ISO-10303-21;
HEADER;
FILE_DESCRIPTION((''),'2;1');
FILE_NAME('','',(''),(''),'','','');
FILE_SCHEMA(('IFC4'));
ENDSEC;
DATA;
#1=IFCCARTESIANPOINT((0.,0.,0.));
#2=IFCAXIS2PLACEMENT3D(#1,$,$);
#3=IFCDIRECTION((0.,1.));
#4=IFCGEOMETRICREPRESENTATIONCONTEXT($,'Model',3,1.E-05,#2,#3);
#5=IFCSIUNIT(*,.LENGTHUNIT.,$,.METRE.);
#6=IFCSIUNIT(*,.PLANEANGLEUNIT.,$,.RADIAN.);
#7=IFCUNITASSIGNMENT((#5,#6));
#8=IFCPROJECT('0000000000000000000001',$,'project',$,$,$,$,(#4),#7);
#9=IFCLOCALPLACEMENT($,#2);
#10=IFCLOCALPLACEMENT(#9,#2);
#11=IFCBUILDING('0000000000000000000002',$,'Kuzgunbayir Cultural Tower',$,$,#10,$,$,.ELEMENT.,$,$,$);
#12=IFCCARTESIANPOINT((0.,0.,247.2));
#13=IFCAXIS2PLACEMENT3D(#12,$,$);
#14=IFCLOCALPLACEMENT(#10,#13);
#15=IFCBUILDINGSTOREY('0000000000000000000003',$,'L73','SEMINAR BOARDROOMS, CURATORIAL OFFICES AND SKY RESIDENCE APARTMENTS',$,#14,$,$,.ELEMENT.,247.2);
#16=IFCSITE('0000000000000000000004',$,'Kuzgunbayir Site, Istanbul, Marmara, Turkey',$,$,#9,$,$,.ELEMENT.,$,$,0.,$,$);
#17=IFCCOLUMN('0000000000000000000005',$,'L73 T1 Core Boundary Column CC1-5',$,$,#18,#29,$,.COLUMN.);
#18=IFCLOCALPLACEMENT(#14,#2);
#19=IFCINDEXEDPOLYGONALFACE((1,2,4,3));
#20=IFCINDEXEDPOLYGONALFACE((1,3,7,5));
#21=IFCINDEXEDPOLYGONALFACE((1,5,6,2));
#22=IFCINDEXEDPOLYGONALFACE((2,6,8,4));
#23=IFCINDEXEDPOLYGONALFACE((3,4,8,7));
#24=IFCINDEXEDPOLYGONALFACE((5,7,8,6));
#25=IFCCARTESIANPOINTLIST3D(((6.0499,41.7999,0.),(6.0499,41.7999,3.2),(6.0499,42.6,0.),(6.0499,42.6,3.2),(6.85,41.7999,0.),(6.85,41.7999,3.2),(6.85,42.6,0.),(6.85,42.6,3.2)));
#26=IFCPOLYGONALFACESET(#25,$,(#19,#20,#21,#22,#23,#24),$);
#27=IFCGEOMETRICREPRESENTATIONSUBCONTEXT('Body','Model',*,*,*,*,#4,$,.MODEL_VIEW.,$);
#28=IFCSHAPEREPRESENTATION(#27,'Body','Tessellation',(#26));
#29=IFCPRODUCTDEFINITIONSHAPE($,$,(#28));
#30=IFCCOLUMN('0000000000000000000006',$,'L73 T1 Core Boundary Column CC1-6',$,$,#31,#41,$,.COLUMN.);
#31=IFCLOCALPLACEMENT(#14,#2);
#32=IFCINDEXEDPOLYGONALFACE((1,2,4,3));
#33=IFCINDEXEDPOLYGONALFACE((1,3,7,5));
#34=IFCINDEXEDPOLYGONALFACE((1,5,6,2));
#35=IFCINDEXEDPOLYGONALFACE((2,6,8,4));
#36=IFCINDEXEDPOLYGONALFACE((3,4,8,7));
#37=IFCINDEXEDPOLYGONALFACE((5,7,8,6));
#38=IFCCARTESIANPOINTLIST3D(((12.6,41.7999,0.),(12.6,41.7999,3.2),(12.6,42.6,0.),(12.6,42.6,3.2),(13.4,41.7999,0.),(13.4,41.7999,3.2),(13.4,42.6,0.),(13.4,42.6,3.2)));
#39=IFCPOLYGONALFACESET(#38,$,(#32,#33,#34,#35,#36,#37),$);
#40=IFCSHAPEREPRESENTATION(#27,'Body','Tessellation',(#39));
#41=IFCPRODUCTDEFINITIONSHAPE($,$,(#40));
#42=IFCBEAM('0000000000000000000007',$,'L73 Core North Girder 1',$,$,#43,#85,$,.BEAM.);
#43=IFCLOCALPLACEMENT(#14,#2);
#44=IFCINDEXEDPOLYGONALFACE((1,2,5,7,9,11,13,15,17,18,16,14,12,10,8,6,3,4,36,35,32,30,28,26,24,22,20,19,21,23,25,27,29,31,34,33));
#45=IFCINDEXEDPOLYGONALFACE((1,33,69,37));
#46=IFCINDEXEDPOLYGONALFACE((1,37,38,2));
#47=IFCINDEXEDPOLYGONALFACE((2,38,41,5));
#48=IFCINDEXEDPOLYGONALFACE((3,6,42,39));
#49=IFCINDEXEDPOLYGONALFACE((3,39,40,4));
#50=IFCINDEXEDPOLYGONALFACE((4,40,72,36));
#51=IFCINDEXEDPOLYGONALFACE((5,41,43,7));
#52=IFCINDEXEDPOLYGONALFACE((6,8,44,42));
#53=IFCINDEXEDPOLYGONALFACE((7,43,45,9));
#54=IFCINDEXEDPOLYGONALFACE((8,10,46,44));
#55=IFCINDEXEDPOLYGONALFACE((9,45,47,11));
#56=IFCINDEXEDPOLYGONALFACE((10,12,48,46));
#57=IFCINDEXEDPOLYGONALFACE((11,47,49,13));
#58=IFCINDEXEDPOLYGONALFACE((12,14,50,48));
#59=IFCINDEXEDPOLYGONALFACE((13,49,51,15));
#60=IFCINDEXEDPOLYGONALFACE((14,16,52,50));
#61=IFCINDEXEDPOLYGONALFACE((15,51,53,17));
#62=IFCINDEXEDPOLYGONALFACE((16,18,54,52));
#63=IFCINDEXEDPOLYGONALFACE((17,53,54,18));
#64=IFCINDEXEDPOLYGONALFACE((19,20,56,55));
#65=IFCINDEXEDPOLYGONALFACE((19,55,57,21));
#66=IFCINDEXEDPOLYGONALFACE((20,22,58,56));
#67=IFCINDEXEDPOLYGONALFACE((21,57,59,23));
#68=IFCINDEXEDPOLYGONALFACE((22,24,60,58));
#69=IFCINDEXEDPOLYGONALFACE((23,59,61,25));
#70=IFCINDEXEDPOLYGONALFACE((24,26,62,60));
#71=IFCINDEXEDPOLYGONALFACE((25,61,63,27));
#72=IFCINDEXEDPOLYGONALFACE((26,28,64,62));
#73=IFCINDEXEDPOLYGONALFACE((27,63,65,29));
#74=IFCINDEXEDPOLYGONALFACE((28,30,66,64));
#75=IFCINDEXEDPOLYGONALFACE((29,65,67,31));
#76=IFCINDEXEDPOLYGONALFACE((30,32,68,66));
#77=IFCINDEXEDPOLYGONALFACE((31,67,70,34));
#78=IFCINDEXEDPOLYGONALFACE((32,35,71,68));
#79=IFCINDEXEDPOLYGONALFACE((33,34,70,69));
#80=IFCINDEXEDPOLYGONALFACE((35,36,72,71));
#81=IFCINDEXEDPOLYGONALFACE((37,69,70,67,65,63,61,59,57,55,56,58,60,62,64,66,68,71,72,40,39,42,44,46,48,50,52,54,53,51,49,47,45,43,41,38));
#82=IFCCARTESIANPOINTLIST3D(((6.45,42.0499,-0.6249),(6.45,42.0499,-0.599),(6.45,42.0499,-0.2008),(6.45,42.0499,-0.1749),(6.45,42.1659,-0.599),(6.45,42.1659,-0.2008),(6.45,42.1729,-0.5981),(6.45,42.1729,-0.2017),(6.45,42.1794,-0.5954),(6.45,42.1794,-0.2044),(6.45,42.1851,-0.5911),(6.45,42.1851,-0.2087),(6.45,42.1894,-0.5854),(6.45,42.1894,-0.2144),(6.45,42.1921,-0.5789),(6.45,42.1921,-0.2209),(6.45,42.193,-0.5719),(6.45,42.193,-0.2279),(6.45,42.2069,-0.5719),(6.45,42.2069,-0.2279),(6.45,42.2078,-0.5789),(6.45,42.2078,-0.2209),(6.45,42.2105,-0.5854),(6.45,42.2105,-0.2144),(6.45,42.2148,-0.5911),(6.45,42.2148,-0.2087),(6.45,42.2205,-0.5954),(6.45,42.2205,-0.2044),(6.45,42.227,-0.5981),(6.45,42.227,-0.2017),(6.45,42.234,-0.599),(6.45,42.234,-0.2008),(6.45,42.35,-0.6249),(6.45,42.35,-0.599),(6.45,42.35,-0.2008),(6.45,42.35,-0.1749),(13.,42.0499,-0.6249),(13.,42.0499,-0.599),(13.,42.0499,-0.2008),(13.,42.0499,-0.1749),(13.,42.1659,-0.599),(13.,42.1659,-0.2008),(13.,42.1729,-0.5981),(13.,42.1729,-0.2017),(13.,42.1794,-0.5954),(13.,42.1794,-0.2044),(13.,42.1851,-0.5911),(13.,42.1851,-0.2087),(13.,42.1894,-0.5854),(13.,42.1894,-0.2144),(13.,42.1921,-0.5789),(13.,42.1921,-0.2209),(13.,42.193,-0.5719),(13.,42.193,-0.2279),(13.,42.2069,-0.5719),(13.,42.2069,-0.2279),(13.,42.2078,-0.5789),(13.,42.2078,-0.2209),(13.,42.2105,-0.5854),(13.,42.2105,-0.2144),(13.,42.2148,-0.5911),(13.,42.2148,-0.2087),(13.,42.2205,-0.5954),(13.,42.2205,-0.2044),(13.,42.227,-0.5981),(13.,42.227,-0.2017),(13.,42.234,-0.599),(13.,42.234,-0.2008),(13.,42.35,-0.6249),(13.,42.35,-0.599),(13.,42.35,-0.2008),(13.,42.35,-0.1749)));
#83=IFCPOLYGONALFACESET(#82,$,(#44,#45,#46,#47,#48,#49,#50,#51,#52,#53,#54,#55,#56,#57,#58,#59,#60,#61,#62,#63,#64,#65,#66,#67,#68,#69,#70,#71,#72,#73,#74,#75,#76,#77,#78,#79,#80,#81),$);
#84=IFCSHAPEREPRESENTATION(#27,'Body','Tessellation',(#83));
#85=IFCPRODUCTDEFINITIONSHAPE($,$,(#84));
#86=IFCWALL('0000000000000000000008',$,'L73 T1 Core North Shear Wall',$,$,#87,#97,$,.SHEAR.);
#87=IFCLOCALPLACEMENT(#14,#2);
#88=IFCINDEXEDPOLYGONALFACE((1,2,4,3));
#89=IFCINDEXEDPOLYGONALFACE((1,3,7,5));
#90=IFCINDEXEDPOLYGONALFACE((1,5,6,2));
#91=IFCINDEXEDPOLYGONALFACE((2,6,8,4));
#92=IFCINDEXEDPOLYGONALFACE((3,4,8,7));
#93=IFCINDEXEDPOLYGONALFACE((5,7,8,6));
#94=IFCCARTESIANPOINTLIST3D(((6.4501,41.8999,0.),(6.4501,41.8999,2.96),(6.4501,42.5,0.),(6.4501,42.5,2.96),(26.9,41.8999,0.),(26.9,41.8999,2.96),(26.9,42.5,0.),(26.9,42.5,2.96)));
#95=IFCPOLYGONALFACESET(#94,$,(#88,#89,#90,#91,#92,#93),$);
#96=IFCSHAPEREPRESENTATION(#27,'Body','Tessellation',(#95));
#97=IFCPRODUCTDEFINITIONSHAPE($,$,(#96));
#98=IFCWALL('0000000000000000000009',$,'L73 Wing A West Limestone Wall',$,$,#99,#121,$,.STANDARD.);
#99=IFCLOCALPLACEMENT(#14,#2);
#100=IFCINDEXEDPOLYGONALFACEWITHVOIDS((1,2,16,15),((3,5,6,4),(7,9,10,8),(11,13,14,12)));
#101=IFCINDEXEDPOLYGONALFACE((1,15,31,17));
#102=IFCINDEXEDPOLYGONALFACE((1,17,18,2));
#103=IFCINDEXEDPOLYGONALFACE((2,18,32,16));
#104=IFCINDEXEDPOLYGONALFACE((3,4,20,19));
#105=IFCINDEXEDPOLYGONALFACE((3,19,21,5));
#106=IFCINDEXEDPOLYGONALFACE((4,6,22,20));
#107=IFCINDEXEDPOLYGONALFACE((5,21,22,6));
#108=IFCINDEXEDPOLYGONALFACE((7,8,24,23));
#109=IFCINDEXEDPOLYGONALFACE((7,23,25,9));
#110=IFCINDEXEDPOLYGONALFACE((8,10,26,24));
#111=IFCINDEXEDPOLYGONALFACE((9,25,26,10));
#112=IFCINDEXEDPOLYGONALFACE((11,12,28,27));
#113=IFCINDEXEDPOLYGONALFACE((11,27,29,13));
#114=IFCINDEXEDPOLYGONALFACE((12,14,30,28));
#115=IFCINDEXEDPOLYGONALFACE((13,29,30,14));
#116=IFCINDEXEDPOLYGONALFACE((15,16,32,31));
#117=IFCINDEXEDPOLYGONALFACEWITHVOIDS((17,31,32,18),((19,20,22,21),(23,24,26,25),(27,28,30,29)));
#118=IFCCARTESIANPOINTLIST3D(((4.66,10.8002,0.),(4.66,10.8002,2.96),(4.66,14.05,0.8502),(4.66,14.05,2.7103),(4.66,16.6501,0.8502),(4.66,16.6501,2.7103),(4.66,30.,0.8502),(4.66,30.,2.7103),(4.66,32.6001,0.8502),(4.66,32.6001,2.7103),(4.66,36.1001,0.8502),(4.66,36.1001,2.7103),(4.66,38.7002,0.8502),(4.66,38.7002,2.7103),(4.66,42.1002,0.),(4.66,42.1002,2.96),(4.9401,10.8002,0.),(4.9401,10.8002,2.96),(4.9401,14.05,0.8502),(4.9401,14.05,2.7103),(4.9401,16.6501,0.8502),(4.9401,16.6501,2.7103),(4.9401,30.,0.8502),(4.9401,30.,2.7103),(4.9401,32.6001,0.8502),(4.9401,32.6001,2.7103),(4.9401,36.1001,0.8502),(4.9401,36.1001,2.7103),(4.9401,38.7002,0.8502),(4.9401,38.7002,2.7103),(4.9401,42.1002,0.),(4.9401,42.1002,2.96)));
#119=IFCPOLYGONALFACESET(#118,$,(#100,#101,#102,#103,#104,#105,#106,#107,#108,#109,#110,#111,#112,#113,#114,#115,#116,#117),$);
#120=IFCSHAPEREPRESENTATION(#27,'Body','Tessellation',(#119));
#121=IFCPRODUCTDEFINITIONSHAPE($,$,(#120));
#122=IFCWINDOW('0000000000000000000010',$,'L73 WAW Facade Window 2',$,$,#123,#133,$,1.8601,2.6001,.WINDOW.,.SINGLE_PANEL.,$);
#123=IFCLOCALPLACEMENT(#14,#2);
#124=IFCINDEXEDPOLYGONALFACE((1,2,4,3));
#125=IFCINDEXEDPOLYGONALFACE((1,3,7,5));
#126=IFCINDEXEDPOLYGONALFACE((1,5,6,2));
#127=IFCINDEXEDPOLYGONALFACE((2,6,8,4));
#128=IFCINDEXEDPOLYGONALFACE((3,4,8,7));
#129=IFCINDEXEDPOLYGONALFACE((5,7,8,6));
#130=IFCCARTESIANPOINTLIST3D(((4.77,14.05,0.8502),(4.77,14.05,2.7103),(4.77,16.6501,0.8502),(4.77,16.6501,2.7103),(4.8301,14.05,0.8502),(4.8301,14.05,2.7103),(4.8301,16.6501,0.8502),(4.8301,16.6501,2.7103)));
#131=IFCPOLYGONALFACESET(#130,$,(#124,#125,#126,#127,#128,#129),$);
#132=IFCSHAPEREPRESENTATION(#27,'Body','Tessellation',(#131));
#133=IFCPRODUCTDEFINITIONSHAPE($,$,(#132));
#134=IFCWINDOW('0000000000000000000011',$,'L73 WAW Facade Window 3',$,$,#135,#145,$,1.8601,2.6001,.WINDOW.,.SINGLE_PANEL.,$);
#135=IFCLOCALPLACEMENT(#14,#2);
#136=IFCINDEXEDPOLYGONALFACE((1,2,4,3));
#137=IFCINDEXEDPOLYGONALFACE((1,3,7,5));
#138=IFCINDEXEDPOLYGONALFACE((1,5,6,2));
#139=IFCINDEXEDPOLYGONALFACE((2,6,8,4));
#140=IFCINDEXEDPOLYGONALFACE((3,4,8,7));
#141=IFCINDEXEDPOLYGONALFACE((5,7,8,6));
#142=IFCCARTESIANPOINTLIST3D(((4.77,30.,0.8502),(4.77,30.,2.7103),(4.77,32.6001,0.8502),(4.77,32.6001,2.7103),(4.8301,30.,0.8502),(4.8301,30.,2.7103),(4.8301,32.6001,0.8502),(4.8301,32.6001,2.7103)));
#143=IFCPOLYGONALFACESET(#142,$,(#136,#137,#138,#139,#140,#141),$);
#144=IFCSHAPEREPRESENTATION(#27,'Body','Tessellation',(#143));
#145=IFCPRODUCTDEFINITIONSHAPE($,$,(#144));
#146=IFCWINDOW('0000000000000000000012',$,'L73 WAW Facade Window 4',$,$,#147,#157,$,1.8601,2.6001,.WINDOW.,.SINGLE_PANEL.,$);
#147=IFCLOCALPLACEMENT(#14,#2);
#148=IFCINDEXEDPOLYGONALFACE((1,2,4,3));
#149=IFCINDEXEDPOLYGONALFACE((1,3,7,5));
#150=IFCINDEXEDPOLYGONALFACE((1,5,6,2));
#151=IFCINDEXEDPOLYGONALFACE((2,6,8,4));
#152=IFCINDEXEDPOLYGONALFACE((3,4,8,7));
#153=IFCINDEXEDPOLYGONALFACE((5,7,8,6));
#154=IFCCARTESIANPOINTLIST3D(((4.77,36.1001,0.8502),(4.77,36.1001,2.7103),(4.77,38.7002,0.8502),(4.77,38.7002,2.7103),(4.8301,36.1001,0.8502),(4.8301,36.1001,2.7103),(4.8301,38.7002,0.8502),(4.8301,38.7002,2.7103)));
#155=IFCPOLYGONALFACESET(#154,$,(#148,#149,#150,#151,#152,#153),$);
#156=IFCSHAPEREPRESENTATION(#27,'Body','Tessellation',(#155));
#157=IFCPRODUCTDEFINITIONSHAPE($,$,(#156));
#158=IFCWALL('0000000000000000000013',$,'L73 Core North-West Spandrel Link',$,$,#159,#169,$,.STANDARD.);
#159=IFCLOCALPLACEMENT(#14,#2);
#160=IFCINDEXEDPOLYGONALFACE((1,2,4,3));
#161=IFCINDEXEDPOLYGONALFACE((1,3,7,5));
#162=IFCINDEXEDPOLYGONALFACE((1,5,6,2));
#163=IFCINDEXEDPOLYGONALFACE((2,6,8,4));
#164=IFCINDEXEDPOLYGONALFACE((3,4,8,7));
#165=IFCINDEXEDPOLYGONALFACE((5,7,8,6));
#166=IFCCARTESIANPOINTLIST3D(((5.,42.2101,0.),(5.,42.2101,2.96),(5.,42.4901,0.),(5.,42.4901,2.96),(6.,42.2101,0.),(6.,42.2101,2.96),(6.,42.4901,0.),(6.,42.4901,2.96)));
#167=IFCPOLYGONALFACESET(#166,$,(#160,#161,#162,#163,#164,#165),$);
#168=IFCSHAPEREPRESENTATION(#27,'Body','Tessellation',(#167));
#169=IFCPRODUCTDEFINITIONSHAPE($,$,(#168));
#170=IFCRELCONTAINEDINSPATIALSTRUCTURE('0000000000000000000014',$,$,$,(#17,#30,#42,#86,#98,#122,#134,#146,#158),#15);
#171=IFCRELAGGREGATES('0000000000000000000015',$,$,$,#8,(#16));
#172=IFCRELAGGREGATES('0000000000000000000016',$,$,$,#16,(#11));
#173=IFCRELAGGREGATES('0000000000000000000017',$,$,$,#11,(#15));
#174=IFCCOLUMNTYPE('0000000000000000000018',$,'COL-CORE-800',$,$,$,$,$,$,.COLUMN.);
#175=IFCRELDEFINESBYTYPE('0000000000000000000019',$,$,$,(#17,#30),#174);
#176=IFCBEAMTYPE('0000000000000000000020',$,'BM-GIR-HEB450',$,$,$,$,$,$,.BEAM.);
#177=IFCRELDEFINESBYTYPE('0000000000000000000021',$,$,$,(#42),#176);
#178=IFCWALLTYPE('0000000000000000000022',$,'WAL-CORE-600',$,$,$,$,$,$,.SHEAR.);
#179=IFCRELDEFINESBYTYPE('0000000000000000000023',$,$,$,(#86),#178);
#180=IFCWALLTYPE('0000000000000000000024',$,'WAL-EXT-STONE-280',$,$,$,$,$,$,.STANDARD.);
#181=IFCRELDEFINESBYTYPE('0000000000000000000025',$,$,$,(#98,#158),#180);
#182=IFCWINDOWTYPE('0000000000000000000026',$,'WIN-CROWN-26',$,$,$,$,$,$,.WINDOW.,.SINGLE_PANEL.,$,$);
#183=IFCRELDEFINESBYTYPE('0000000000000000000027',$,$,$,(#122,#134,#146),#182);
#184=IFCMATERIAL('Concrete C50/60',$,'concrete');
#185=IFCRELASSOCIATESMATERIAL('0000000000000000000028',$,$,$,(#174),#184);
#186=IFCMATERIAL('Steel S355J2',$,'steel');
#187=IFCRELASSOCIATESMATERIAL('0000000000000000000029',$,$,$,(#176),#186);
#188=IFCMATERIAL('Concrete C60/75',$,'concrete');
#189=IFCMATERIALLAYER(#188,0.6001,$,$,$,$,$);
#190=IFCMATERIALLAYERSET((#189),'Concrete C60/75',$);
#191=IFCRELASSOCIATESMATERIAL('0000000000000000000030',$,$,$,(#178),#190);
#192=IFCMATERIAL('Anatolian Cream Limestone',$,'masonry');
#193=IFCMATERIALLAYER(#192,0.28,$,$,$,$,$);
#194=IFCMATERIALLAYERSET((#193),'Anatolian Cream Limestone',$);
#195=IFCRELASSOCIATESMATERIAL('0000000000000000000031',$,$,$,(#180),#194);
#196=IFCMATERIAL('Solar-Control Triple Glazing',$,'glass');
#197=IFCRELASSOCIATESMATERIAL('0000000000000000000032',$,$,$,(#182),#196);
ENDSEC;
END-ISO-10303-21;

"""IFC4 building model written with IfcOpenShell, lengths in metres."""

from ifc_helpers import new_model, si_unit, direction, frame, frame_2d, origin, origin_2d, place, context, subcontext, project, spatial, rectangle, i_section, extrude, material, layer, layer_set, material_profile, profile_set, type_object, element, fill, save


model = new_model("IFC4")

# Units and contexts
model_context = context("Model", 3, precision=1e-05, world=origin(), true_north=direction((0.0, 1.0)))
body_context = subcontext(model_context, "Body", "Model", "MODEL_VIEW")
ifc_project = project(units=[si_unit("LENGTHUNIT", "METRE"), si_unit("PLANEANGLEUNIT", "RADIAN")], contexts=[model_context])

# Site, building, storey
site_placement = place(None, origin())
site = spatial("IfcSite", under=ifc_project, at=site_placement, Name="Kuzgunbayir Site, Istanbul, Marmara, Turkey", CompositionType="ELEMENT", RefElevation=0.0)
building_placement = place(site_placement, origin())
building = spatial("IfcBuilding", under=site, at=building_placement, Name="Kuzgunbayir Cultural Tower", CompositionType="ELEMENT")
storey_placement = place(building_placement, frame((0.0, 0.0, 247.2)))
storey = spatial("IfcBuildingStorey", under=building, at=storey_placement, Name="L73", Description="SEMINAR BOARDROOMS, CURATORIAL OFFICES AND SKY RESIDENCE APARTMENTS", CompositionType="ELEMENT", Elevation=247.2)

# Columns
ifc_material_1 = material(Name="Concrete C50/60", Category="concrete")
ifc_material_profile_1 = material_profile(ifc_material_1, rectangle(XDim=0.8, YDim=0.8, at=origin_2d()), Name="RC 800x800")
ifc_profile_set_1 = profile_set([ifc_material_profile_1], Name="Concrete C50/60")
column_type = type_object("IfcColumnType", Name="COL-CORE-800", PredefinedType="COLUMN", material=ifc_profile_set_1)
for number, where, z_axis, x_axis, name in (
    (1, (6.45, 42.2, 0.0), (0.0, 0.0, 1.0), (1.0, 0.0, 0.0), "L73 T1 Core Boundary Column CC1-5"),
    (2, (13.0, 42.2, 0.0), (0.0, 0.0, 1.0), (1.0, 0.0, 0.0), "L73 T1 Core Boundary Column CC1-6"),
):
    element("IfcColumn", number, at=place(storey_placement, frame(where, z_axis=z_axis, x_axis=x_axis)), inside=storey, type_object=column_type, Name=name, PredefinedType="COLUMN", context=body_context, shape_type="SweptSolid", body=[
        extrude(rectangle(XDim=0.8, YDim=0.8, at=origin_2d()), origin(), (0.0, 0.0, 1.0), 3.2),
    ])

# Beam
ifc_material_2 = material(Name="Steel S355J2", Category="steel")
ifc_material_profile_2 = material_profile(ifc_material_2, i_section(OverallWidth=0.3, OverallDepth=0.45, WebThickness=0.0139, FlangeThickness=0.0259, FilletRadius=0.0271, at=origin_2d()), Name="HEB 450")
ifc_profile_set_2 = profile_set([ifc_material_profile_2], Name="Steel S355J2")
beam_type = type_object("IfcBeamType", Name="BM-GIR-HEB450", PredefinedType="BEAM", material=ifc_profile_set_2)
beam_placement = place(storey_placement, frame((6.45, 42.2, -0.3999), z_axis=(1.0, 0.0, 0.0), x_axis=(0.0, 1.0, 0.0)))
element("IfcBeam", 3, at=beam_placement, inside=storey, type_object=beam_type, Name="L73 Core North Girder 1", PredefinedType="BEAM", context=body_context, shape_type="SweptSolid", body=[
    extrude(i_section(OverallWidth=0.3, OverallDepth=0.45, WebThickness=0.0139, FlangeThickness=0.0259, FilletRadius=0.0271, at=origin_2d()), origin(), (0.0, 0.0, 1.0), 6.55),
])

# Wall
ifc_material_3 = material(Name="Concrete C60/75", Category="concrete")
ifc_layer_1 = layer(ifc_material_3, 0.6001)
ifc_layer_set_1 = layer_set([ifc_layer_1], Name="Concrete C60/75")
wall_type_1 = type_object("IfcWallType", Name="WAL-CORE-600", PredefinedType="SHEAR", material=ifc_layer_set_1)
wall_1_placement = place(storey_placement, frame((6.45, 42.2, 0.0), z_axis=(0.0, 0.0, 1.0), x_axis=(1.0, 0.0, 0.0)))
element("IfcWall", 4, at=wall_1_placement, inside=storey, type_object=wall_type_1, Name="L73 T1 Core North Shear Wall", PredefinedType="SHEAR", context=body_context, shape_type="SweptSolid", body=[
    extrude(rectangle(XDim=20.45, YDim=0.6001, at=frame_2d((10.2251, 0.0))), origin(), (0.0, 0.0, 1.0), 2.96),
])

# Wall, openings, windows
ifc_material_4 = material(Name="Anatolian Cream Limestone", Category="masonry")
ifc_layer_2 = layer(ifc_material_4, 0.28)
ifc_layer_set_2 = layer_set([ifc_layer_2], Name="Anatolian Cream Limestone")
wall_type_2 = type_object("IfcWallType", Name="WAL-EXT-STONE-280", PredefinedType="STANDARD", material=ifc_layer_set_2)
wall_2_placement = place(storey_placement, frame((4.8, 42.1001, 0.0), z_axis=(0.0, 0.0, 1.0), x_axis=(0.0, -1.0, 0.0)))
wall_2 = element("IfcWall", 5, at=wall_2_placement, inside=storey, type_object=wall_type_2, Name="L73 Wing A West Limestone Wall", PredefinedType="STANDARD", context=body_context, shape_type="SweptSolid", body=[
    extrude(rectangle(XDim=31.3, YDim=0.28, at=frame_2d((15.6499, 0.0))), origin(), (0.0, 0.0, 1.0), 2.96),
])
opening_1_placement = place(wall_2_placement, frame((25.45, 0.0, 0.8501)))
opening_1 = element("IfcOpeningElement", 6, at=opening_1_placement, cuts=wall_2, PredefinedType="OPENING", context=body_context, shape_type="SweptSolid", body=[
    extrude(rectangle(XDim=2.6001, YDim=1.8601, at=frame_2d((1.3, 0.9302))), frame((0.0, 0.1499, 0.0), z_axis=(0.0, -1.0, 0.0), x_axis=(1.0, 0.0, 0.0)), (0.0, 0.0, 1.0), 0.3),
])
opening_2_placement = place(wall_2_placement, frame((9.5, 0.0, 0.8501)))
opening_2 = element("IfcOpeningElement", 7, at=opening_2_placement, cuts=wall_2, PredefinedType="OPENING", context=body_context, shape_type="SweptSolid", body=[
    extrude(rectangle(XDim=2.6001, YDim=1.8601, at=frame_2d((1.3, 0.9302))), frame((0.0, 0.1499, 0.0), z_axis=(0.0, -1.0, 0.0), x_axis=(1.0, 0.0, 0.0)), (0.0, 0.0, 1.0), 0.3),
])
opening_3_placement = place(wall_2_placement, frame((3.3999, 0.0, 0.8501)))
opening_3 = element("IfcOpeningElement", 8, at=opening_3_placement, cuts=wall_2, PredefinedType="OPENING", context=body_context, shape_type="SweptSolid", body=[
    extrude(rectangle(XDim=2.6001, YDim=1.8601, at=frame_2d((1.3, 0.9302))), frame((0.0, 0.1499, 0.0), z_axis=(0.0, -1.0, 0.0), x_axis=(1.0, 0.0, 0.0)), (0.0, 0.0, 1.0), 0.3),
])
ifc_material_5 = material(Name="Solar-Control Triple Glazing", Category="glass")
window_type = type_object("IfcWindowType", Name="WIN-CROWN-26", PartitioningType="SINGLE_PANEL", PredefinedType="WINDOW", material=ifc_material_5)
window_1_placement = place(opening_1_placement, origin())
window_1 = element("IfcWindow", 9, at=window_1_placement, inside=storey, type_object=window_type, Name="L73 WAW Facade Window 2", OverallHeight=1.8601, OverallWidth=2.6001, PartitioningType="SINGLE_PANEL", PredefinedType="WINDOW", context=body_context, shape_type="SweptSolid", body=[
    extrude(rectangle(XDim=2.6001, YDim=1.8601, at=frame_2d((1.3, 0.9302))), frame((0.0, 0.03, 0.0), z_axis=(0.0, -1.0, 0.0), x_axis=(1.0, 0.0, 0.0)), (0.0, 0.0, 1.0), 0.0601),
])
fill(opening_1, window_1)
window_2_placement = place(opening_2_placement, origin())
window_2 = element("IfcWindow", 10, at=window_2_placement, inside=storey, type_object=window_type, Name="L73 WAW Facade Window 3", OverallHeight=1.8601, OverallWidth=2.6001, PartitioningType="SINGLE_PANEL", PredefinedType="WINDOW", context=body_context, shape_type="SweptSolid", body=[
    extrude(rectangle(XDim=2.6001, YDim=1.8601, at=frame_2d((1.3, 0.9302))), frame((0.0, 0.03, 0.0), z_axis=(0.0, -1.0, 0.0), x_axis=(1.0, 0.0, 0.0)), (0.0, 0.0, 1.0), 0.0601),
])
fill(opening_2, window_2)
window_3_placement = place(opening_3_placement, origin())
window_3 = element("IfcWindow", 11, at=window_3_placement, inside=storey, type_object=window_type, Name="L73 WAW Facade Window 4", OverallHeight=1.8601, OverallWidth=2.6001, PartitioningType="SINGLE_PANEL", PredefinedType="WINDOW", context=body_context, shape_type="SweptSolid", body=[
    extrude(rectangle(XDim=2.6001, YDim=1.8601, at=frame_2d((1.3, 0.9302))), frame((0.0, 0.03, 0.0), z_axis=(0.0, -1.0, 0.0), x_axis=(1.0, 0.0, 0.0)), (0.0, 0.0, 1.0), 0.0601),
])
fill(opening_3, window_3)

# Wall
wall_3_placement = place(storey_placement, frame((6.0, 42.3501, 0.0), z_axis=(0.0, 0.0, 1.0), x_axis=(-1.0, 0.0, 0.0)))
element("IfcWall", 12, at=wall_3_placement, inside=storey, type_object=wall_type_2, Name="L73 Core North-West Spandrel Link", PredefinedType="STANDARD", context=body_context, shape_type="SweptSolid", body=[
    extrude(rectangle(XDim=1.0, YDim=0.28, at=frame_2d((0.5, 0.0))), origin(), (0.0, 0.0, 1.0), 2.96),
])

save(model, "model.ifc")
